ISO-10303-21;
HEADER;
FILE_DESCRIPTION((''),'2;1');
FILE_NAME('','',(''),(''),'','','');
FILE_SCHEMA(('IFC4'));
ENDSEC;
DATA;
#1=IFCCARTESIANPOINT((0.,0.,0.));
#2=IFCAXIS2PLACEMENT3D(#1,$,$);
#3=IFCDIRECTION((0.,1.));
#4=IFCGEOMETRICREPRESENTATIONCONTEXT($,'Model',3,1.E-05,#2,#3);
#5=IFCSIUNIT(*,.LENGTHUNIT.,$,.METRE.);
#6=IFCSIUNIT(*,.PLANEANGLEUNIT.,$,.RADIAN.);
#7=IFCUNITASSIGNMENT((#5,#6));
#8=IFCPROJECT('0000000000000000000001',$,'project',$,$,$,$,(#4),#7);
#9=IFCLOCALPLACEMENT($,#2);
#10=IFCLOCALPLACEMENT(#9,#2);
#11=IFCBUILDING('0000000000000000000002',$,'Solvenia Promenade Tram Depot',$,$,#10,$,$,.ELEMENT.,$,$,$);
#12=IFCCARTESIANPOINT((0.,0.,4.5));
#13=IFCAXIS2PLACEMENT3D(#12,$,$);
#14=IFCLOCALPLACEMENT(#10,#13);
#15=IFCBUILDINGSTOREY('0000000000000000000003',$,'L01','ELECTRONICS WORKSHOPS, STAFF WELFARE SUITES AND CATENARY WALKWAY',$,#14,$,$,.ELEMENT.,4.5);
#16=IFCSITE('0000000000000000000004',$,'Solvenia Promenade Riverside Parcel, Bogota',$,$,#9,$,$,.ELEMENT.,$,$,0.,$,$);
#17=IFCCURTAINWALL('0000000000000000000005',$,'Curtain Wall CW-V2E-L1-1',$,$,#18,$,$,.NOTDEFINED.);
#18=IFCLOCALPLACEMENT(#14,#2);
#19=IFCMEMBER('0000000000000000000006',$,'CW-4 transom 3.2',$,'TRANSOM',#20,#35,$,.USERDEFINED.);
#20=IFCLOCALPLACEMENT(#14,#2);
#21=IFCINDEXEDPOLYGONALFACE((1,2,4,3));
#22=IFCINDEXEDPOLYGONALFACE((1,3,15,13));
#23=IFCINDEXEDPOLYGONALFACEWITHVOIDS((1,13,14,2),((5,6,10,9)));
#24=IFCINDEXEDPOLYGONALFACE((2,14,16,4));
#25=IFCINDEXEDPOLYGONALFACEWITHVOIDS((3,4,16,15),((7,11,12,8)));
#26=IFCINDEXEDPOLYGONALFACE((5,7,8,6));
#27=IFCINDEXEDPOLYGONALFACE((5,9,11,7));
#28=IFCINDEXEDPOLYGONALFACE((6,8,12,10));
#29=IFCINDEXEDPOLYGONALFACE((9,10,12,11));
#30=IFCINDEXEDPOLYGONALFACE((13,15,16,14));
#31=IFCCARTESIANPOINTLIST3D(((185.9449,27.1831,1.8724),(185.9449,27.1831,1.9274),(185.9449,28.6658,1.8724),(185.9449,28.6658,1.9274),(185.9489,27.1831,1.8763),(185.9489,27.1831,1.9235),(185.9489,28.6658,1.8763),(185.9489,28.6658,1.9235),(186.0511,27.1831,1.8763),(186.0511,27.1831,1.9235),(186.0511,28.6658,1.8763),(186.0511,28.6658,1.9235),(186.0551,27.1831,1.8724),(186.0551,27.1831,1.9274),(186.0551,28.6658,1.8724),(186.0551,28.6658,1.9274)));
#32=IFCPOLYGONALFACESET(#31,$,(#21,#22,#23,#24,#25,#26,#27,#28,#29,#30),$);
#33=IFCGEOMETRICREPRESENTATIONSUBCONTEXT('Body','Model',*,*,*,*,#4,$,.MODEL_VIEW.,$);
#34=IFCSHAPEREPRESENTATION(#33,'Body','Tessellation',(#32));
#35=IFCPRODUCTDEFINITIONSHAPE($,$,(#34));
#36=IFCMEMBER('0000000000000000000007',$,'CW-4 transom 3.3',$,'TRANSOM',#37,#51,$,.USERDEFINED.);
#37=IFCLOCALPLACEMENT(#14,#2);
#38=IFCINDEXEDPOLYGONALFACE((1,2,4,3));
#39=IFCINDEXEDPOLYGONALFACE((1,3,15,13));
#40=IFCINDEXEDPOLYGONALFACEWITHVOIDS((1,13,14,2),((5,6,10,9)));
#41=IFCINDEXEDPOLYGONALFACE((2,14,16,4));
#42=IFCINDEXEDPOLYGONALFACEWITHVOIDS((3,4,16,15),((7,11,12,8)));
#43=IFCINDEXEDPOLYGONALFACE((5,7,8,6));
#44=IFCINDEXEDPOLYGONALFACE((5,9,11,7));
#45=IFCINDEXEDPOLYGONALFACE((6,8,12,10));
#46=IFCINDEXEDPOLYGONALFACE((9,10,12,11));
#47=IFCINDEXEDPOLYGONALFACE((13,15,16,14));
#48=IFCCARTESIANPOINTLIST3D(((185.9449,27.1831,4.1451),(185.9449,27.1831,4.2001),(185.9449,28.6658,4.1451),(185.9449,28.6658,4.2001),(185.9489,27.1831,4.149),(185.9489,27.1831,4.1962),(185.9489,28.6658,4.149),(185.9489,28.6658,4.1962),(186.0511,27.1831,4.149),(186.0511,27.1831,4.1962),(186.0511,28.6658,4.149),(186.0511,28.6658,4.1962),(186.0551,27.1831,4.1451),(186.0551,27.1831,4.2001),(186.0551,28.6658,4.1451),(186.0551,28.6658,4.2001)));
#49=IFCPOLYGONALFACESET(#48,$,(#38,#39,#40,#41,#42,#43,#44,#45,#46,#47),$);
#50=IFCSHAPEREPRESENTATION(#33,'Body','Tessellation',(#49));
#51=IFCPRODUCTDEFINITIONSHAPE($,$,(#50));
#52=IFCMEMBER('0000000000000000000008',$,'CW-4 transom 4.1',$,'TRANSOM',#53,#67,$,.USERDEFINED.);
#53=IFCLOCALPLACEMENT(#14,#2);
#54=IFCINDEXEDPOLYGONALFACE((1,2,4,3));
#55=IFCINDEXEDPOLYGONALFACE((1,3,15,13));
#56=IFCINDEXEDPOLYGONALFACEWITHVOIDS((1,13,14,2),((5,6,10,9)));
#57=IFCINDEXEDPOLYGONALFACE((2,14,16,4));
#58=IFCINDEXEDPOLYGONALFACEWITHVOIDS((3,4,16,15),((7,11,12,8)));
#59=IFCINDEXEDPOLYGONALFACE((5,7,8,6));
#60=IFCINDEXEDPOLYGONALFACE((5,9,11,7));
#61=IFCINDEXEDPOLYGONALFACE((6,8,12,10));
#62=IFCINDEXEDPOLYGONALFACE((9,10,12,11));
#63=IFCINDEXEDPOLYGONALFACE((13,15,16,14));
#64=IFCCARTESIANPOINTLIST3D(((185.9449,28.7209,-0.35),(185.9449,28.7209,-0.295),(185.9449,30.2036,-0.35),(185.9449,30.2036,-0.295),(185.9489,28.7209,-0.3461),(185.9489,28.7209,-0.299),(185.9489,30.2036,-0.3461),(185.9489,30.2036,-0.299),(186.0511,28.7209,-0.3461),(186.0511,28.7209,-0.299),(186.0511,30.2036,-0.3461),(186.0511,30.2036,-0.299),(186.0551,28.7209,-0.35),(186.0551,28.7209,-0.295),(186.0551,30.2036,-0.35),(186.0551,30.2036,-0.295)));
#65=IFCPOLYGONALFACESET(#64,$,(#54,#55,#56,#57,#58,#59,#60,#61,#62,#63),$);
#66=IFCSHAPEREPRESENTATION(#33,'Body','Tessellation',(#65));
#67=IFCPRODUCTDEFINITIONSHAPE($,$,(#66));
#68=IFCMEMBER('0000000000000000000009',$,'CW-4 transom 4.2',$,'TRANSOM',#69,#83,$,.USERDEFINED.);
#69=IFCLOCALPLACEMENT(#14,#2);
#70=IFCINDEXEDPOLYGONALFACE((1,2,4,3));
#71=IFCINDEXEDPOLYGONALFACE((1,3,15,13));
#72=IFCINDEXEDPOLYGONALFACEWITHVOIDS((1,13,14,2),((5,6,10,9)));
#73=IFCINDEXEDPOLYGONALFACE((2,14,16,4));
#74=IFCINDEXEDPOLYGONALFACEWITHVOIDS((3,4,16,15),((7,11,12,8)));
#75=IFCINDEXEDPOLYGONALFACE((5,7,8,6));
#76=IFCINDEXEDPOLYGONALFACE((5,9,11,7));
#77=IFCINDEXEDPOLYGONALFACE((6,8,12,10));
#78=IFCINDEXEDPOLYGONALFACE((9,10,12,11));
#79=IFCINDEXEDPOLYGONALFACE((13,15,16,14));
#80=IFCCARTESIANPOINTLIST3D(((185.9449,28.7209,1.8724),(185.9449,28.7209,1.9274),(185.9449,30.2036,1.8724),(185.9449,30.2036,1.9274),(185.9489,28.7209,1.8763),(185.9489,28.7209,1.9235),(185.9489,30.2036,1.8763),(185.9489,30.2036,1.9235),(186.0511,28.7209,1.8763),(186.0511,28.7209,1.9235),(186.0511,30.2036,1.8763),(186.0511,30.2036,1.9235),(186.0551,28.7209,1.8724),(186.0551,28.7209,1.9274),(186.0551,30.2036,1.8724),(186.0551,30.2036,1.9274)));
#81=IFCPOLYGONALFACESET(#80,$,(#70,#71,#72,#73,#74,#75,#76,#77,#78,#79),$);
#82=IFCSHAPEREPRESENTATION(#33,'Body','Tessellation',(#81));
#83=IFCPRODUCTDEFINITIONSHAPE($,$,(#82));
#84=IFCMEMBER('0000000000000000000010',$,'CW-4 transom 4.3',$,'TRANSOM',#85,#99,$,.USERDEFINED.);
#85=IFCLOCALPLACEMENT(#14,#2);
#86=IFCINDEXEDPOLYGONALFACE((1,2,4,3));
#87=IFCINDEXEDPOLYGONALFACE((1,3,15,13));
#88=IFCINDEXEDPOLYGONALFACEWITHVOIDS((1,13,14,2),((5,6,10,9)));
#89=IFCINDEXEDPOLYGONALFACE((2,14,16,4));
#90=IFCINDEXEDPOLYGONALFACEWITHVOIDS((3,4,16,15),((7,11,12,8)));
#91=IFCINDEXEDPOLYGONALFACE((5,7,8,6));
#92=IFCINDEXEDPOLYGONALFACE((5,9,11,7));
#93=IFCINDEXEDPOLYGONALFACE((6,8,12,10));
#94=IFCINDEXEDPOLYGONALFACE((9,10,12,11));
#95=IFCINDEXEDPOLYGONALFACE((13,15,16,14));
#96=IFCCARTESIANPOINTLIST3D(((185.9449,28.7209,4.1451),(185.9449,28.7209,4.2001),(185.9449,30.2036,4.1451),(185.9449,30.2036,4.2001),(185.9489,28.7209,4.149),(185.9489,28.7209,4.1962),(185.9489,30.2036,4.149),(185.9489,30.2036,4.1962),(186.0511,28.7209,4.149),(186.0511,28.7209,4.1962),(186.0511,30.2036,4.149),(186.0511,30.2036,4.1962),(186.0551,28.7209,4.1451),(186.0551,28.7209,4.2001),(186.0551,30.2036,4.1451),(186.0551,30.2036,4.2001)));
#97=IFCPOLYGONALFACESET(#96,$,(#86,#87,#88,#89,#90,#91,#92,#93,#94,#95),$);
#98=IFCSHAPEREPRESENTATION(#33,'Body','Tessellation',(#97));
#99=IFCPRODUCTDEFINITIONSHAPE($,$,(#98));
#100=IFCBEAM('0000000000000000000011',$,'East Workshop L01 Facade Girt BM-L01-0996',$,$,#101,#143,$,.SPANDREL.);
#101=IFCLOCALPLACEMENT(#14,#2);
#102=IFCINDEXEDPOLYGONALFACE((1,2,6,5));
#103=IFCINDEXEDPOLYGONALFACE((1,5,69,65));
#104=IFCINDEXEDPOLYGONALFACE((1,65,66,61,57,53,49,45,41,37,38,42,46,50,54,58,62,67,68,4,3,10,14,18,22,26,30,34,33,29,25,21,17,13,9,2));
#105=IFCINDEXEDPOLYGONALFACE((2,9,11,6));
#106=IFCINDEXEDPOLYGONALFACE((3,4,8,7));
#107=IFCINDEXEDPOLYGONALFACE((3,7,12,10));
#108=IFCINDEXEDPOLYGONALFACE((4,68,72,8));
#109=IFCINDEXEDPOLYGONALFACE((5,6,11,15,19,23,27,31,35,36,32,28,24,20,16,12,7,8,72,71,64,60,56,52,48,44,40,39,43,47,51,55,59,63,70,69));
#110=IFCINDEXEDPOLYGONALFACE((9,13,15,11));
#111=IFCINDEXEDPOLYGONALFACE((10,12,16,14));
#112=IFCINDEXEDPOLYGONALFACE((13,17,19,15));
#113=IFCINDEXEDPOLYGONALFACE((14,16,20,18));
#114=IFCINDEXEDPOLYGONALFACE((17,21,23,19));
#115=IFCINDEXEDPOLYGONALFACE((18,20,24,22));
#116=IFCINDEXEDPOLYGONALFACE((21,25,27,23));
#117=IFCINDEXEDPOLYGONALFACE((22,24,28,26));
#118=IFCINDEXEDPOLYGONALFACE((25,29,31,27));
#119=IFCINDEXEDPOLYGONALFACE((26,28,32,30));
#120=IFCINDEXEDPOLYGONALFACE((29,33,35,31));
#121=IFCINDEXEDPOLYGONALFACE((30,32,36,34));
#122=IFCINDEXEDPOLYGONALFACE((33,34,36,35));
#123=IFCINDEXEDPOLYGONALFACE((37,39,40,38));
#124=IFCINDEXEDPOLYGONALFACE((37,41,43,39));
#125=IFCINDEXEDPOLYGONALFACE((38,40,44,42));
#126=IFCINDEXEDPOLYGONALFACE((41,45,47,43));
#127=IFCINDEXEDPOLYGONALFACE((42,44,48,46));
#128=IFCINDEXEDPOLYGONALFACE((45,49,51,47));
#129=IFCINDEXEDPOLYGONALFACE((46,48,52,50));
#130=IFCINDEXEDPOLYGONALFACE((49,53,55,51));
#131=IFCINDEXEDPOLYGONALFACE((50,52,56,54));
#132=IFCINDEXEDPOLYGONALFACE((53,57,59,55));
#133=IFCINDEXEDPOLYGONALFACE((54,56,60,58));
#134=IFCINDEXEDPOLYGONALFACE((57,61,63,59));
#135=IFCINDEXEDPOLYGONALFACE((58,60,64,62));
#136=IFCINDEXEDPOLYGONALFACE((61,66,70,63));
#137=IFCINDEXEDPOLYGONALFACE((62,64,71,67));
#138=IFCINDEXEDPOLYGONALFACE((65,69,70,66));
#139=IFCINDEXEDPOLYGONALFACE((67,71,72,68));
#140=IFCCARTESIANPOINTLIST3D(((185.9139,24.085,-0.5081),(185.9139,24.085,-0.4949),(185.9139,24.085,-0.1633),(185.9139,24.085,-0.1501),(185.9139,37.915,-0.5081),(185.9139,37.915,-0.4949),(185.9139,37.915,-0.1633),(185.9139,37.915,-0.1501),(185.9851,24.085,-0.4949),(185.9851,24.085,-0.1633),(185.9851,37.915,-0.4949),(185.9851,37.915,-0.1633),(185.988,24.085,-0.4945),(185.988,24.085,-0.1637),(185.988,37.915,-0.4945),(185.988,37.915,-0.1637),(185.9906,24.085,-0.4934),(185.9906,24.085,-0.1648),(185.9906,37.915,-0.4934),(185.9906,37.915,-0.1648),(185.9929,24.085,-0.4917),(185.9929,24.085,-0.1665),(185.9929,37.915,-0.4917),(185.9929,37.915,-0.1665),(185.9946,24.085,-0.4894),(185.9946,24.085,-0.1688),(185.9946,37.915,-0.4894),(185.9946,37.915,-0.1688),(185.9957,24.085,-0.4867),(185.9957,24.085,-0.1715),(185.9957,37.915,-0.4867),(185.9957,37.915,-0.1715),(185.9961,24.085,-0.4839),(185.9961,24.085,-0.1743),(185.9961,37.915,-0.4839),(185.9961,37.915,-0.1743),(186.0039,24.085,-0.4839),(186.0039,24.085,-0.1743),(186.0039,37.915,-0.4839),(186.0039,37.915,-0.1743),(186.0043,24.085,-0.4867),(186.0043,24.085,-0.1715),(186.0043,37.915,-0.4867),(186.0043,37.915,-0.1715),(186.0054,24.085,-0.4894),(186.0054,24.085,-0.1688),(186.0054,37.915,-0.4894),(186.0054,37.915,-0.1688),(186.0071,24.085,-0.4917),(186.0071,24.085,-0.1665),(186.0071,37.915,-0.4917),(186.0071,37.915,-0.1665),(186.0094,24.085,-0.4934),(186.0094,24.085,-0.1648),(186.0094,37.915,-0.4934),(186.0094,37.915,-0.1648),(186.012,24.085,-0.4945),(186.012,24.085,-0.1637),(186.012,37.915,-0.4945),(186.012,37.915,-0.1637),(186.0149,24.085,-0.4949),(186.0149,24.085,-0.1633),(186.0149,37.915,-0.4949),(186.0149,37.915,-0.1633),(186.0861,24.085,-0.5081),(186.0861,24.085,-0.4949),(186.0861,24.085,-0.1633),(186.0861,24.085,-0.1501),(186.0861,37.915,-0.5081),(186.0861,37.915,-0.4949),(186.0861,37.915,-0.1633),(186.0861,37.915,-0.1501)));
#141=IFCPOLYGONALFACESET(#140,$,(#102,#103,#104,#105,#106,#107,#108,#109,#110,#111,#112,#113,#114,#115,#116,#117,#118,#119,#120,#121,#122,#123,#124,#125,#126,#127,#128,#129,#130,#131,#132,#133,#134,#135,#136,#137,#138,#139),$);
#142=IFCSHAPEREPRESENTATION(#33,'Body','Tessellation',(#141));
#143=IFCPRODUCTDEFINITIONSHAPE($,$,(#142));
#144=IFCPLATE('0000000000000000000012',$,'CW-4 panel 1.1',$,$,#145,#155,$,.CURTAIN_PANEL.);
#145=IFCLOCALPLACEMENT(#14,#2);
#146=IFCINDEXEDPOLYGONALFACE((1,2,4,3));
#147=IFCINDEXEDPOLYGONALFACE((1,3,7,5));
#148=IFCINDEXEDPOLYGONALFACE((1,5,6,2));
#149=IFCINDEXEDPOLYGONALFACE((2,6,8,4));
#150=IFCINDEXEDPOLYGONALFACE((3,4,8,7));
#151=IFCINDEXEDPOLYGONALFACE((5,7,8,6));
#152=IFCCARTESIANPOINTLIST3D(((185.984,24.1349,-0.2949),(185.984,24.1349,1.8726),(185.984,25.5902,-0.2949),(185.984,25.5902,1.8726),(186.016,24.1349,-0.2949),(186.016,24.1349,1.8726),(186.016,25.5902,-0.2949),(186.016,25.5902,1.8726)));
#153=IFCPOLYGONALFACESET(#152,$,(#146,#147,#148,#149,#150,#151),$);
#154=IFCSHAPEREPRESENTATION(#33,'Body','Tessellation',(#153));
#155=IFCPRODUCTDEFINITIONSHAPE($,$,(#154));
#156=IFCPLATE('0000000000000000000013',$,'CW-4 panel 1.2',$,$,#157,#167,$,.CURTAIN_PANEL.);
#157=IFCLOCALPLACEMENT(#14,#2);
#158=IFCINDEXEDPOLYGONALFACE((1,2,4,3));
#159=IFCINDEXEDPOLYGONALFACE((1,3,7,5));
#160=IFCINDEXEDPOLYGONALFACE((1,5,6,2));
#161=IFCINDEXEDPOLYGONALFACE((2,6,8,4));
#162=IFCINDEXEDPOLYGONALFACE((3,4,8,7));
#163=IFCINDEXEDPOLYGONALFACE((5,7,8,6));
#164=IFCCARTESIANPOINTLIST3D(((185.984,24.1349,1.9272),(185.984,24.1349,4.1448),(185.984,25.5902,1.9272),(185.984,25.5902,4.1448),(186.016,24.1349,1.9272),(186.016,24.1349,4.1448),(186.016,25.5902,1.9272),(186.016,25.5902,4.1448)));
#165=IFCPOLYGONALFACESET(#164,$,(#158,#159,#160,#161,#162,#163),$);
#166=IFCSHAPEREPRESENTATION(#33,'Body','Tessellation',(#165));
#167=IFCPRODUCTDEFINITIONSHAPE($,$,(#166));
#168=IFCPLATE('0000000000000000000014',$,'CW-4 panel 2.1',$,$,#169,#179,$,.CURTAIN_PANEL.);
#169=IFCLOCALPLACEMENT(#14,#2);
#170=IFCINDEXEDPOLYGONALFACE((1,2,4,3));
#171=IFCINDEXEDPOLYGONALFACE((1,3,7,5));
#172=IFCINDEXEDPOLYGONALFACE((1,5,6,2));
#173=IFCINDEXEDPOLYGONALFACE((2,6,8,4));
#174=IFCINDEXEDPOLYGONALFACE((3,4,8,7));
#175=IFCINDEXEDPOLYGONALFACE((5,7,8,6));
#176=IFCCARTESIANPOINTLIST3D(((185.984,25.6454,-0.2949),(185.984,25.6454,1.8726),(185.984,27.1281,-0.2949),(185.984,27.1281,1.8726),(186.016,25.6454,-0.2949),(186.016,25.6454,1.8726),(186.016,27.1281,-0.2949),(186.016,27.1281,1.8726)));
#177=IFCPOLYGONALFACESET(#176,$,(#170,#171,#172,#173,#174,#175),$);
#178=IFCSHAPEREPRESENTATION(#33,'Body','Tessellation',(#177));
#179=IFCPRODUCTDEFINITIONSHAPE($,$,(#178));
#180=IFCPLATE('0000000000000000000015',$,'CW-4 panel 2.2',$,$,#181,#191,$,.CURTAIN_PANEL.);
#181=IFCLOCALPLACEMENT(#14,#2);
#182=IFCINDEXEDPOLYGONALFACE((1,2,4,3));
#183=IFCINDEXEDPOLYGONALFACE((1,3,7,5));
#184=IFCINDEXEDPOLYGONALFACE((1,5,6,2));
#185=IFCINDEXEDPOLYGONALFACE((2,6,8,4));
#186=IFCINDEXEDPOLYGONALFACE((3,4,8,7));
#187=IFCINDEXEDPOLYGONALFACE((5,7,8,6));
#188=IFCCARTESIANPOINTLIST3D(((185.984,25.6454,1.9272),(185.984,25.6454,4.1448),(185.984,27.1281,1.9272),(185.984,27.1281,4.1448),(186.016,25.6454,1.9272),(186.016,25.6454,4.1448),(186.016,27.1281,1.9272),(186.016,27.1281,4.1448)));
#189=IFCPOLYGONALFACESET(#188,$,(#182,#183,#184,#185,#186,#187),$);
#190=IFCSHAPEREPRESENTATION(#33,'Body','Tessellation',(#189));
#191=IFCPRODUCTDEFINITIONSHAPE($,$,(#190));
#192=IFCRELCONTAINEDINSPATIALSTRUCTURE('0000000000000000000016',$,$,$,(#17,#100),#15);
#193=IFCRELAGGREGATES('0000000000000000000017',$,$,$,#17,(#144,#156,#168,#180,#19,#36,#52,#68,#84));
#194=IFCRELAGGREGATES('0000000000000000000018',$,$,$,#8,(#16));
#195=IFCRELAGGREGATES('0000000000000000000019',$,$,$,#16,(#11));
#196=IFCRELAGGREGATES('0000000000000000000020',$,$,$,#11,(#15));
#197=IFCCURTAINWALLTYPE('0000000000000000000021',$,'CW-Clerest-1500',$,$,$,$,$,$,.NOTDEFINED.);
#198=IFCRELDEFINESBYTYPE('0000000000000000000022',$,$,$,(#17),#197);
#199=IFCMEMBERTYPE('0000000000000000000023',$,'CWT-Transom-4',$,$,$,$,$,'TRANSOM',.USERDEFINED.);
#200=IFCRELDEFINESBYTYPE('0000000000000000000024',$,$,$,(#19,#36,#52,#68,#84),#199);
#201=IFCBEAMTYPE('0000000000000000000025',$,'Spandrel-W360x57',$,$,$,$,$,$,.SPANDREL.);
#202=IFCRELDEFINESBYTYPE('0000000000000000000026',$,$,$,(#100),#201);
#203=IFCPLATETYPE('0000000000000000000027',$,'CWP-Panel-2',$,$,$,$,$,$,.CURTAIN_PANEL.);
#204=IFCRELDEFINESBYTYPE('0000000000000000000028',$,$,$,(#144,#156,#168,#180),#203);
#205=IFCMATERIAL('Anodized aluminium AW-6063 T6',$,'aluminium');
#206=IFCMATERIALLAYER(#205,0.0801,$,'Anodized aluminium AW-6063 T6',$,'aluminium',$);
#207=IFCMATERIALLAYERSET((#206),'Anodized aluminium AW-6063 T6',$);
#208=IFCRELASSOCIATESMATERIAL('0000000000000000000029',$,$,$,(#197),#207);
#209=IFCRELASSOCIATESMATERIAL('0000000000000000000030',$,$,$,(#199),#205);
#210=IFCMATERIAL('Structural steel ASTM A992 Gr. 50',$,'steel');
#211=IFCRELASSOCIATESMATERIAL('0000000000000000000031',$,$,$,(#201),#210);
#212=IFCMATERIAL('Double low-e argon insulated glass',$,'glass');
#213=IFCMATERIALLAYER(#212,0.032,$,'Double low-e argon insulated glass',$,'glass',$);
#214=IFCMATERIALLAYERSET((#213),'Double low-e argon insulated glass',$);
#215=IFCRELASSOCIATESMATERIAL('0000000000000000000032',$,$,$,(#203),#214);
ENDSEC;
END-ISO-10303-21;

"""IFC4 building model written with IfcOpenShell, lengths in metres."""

from ifc_helpers import new_model, si_unit, direction, frame, origin, origin_2d, place, context, subcontext, project, spatial, rectangle, hollow_rectangle, i_section, extrude, material, layer, layer_set, material_profile, profile_set, type_object, element, aggregate, save


model = new_model("IFC4")

# Units and contexts
model_context = context("Model", 3, precision=1e-05, world=origin(), true_north=direction((0.0, 1.0)))
body_context = subcontext(model_context, "Body", "Model", "MODEL_VIEW")
ifc_project = project(units=[si_unit("LENGTHUNIT", "METRE"), si_unit("PLANEANGLEUNIT", "RADIAN")], contexts=[model_context])

# Site, building, storey
site_placement = place(None, origin())
site = spatial("IfcSite", under=ifc_project, at=site_placement, Name="Solvenia Promenade Riverside Parcel, Bogota", CompositionType="ELEMENT", RefElevation=0.0)
building_placement = place(site_placement, origin())
building = spatial("IfcBuilding", under=site, at=building_placement, Name="Solvenia Promenade Tram Depot", CompositionType="ELEMENT")
storey_placement = place(building_placement, frame((0.0, 0.0, 4.5)))
storey = spatial("IfcBuildingStorey", under=building, at=storey_placement, Name="L01", Description="ELECTRONICS WORKSHOPS, STAFF WELFARE SUITES AND CATENARY WALKWAY", CompositionType="ELEMENT", Elevation=4.5)

# Curtain wall, members
ifc_material_1 = material(Name="Anodized aluminium AW-6063 T6", Category="aluminium")
ifc_layer_1 = layer(ifc_material_1, 0.0801, Name="Anodized aluminium AW-6063 T6", Category="aluminium")
ifc_layer_set_1 = layer_set([ifc_layer_1], Name="Anodized aluminium AW-6063 T6")
curtain_wall_type = type_object("IfcCurtainWallType", Name="CW-Clerest-1500", PredefinedType="NOTDEFINED", material=ifc_layer_set_1)
curtain_wall_placement = place(storey_placement, origin())
curtain_wall = element("IfcCurtainWall", 1, at=curtain_wall_placement, inside=storey, type_object=curtain_wall_type, Name="Curtain Wall CW-V2E-L1-1", PredefinedType="NOTDEFINED")
ifc_material_profile_1 = material_profile(ifc_material_1, hollow_rectangle(XDim=0.1101, YDim=0.0549, WallThickness=0.0039, at=origin_2d()), Name="ALU-T4", Category="aluminium")
ifc_profile_set_1 = profile_set([ifc_material_profile_1], Name="Anodized aluminium AW-6063 T6")
member_type_1 = type_object("IfcMemberType", Name="CWT-Transom-4", ElementType="TRANSOM", PredefinedType="USERDEFINED", material=ifc_profile_set_1)
member_1_placement = place(storey_placement, frame((186.0, 27.1831, 1.8999), z_axis=(0.0, 1.0, 0.0), x_axis=(-1.0, 0.0, 0.0)))
member_1 = element("IfcMember", 2, at=member_1_placement, type_object=member_type_1, Name="CW-4 transom 3.2", ObjectType="TRANSOM", PredefinedType="USERDEFINED", context=body_context, shape_type="SweptSolid", body=[
    extrude(hollow_rectangle(XDim=0.1101, YDim=0.0549, WallThickness=0.0039, at=origin_2d()), origin(), (0.0, 0.0, 1.0), 1.4827),
])
member_2_placement = place(storey_placement, frame((186.0, 27.1831, 4.1726), z_axis=(0.0, 1.0, 0.0), x_axis=(-1.0, 0.0, 0.0)))
member_2 = element("IfcMember", 3, at=member_2_placement, type_object=member_type_1, Name="CW-4 transom 3.3", ObjectType="TRANSOM", PredefinedType="USERDEFINED", context=body_context, shape_type="SweptSolid", body=[
    extrude(hollow_rectangle(XDim=0.1101, YDim=0.0549, WallThickness=0.0039, at=origin_2d()), origin(), (0.0, 0.0, 1.0), 1.4827),
])
member_3_placement = place(storey_placement, frame((186.0, 28.7209, -0.3225), z_axis=(0.0, 1.0, 0.0), x_axis=(-1.0, 0.0, 0.0)))
member_3 = element("IfcMember", 4, at=member_3_placement, type_object=member_type_1, Name="CW-4 transom 4.1", ObjectType="TRANSOM", PredefinedType="USERDEFINED", context=body_context, shape_type="SweptSolid", body=[
    extrude(hollow_rectangle(XDim=0.1101, YDim=0.0549, WallThickness=0.0039, at=origin_2d()), origin(), (0.0, 0.0, 1.0), 1.4827),
])
member_4_placement = place(storey_placement, frame((186.0, 28.7209, 1.8999), z_axis=(0.0, 1.0, 0.0), x_axis=(-1.0, 0.0, 0.0)))
member_4 = element("IfcMember", 5, at=member_4_placement, type_object=member_type_1, Name="CW-4 transom 4.2", ObjectType="TRANSOM", PredefinedType="USERDEFINED", context=body_context, shape_type="SweptSolid", body=[
    extrude(hollow_rectangle(XDim=0.1101, YDim=0.0549, WallThickness=0.0039, at=origin_2d()), origin(), (0.0, 0.0, 1.0), 1.4827),
])
member_5_placement = place(storey_placement, frame((186.0, 28.7209, 4.1726), z_axis=(0.0, 1.0, 0.0), x_axis=(-1.0, 0.0, 0.0)))
member_5 = element("IfcMember", 6, at=member_5_placement, type_object=member_type_1, Name="CW-4 transom 4.3", ObjectType="TRANSOM", PredefinedType="USERDEFINED", context=body_context, shape_type="SweptSolid", body=[
    extrude(hollow_rectangle(XDim=0.1101, YDim=0.0549, WallThickness=0.0039, at=origin_2d()), origin(), (0.0, 0.0, 1.0), 1.4827),
])

# Beam
ifc_material_2 = material(Name="Structural steel ASTM A992 Gr. 50", Category="steel")
ifc_material_profile_2 = material_profile(ifc_material_2, i_section(OverallWidth=0.1721, OverallDepth=0.3579, WebThickness=0.0078, FlangeThickness=0.0132, FilletRadius=0.011, at=origin_2d()), Name="W360x57", Category="steel")
ifc_profile_set_2 = profile_set([ifc_material_profile_2], Name="Structural steel ASTM A992 Gr. 50")
beam_type = type_object("IfcBeamType", Name="Spandrel-W360x57", PredefinedType="SPANDREL", material=ifc_profile_set_2)
beam_placement = place(storey_placement, frame((186.0, 24.085, -0.3291), z_axis=(0.0, 1.0, 0.0), x_axis=(-1.0, 0.0, 0.0)))
element("IfcBeam", 7, at=beam_placement, inside=storey, type_object=beam_type, Name="East Workshop L01 Facade Girt BM-L01-0996", PredefinedType="SPANDREL", context=body_context, shape_type="SweptSolid", body=[
    extrude(i_section(OverallWidth=0.1721, OverallDepth=0.3579, WebThickness=0.0078, FlangeThickness=0.0132, FilletRadius=0.011, at=origin_2d()), origin(), (0.0, 0.0, 1.0), 13.8301),
])

# Plates
ifc_material_3 = material(Name="Double low-e argon insulated glass", Category="glass")
ifc_layer_2 = layer(ifc_material_3, 0.032, Name="Double low-e argon insulated glass", Category="glass")
ifc_layer_set_2 = layer_set([ifc_layer_2], Name="Double low-e argon insulated glass")
plate_type = type_object("IfcPlateType", Name="CWP-Panel-2", PredefinedType="CURTAIN_PANEL", material=ifc_layer_set_2)
plate_1_placement = place(storey_placement, frame((186.0, 24.8625, -0.2949), z_axis=(0.0, 0.0, 1.0), x_axis=(0.0, 1.0, 0.0)))
plate_1 = element("IfcPlate", 8, at=plate_1_placement, type_object=plate_type, Name="CW-4 panel 1.1", PredefinedType="CURTAIN_PANEL", context=body_context, shape_type="SweptSolid", body=[
    extrude(rectangle(XDim=1.4553, YDim=0.032, at=origin_2d()), origin(), (0.0, 0.0, 1.0), 2.1675),
])
plate_2_placement = place(storey_placement, frame((186.0, 24.8625, 1.9272), z_axis=(0.0, 0.0, 1.0), x_axis=(0.0, 1.0, 0.0)))
plate_2 = element("IfcPlate", 9, at=plate_2_placement, type_object=plate_type, Name="CW-4 panel 1.2", PredefinedType="CURTAIN_PANEL", context=body_context, shape_type="SweptSolid", body=[
    extrude(rectangle(XDim=1.4553, YDim=0.032, at=origin_2d()), origin(), (0.0, 0.0, 1.0), 2.2175),
])
plate_3_placement = place(storey_placement, frame((186.0, 26.3867, -0.2949), z_axis=(0.0, 0.0, 1.0), x_axis=(0.0, 1.0, 0.0)))
plate_3 = element("IfcPlate", 10, at=plate_3_placement, type_object=plate_type, Name="CW-4 panel 2.1", PredefinedType="CURTAIN_PANEL", context=body_context, shape_type="SweptSolid", body=[
    extrude(rectangle(XDim=1.4827, YDim=0.032, at=origin_2d()), origin(), (0.0, 0.0, 1.0), 2.1675),
])
plate_4_placement = place(storey_placement, frame((186.0, 26.3867, 1.9272), z_axis=(0.0, 0.0, 1.0), x_axis=(0.0, 1.0, 0.0)))
plate_4 = element("IfcPlate", 11, at=plate_4_placement, type_object=plate_type, Name="CW-4 panel 2.2", PredefinedType="CURTAIN_PANEL", context=body_context, shape_type="SweptSolid", body=[
    extrude(rectangle(XDim=1.4827, YDim=0.032, at=origin_2d()), origin(), (0.0, 0.0, 1.0), 2.2175),
])
aggregate(curtain_wall, [plate_1, plate_2, plate_3, plate_4, member_1, member_2, member_3, member_4, member_5])

save(model, "model.ifc")
